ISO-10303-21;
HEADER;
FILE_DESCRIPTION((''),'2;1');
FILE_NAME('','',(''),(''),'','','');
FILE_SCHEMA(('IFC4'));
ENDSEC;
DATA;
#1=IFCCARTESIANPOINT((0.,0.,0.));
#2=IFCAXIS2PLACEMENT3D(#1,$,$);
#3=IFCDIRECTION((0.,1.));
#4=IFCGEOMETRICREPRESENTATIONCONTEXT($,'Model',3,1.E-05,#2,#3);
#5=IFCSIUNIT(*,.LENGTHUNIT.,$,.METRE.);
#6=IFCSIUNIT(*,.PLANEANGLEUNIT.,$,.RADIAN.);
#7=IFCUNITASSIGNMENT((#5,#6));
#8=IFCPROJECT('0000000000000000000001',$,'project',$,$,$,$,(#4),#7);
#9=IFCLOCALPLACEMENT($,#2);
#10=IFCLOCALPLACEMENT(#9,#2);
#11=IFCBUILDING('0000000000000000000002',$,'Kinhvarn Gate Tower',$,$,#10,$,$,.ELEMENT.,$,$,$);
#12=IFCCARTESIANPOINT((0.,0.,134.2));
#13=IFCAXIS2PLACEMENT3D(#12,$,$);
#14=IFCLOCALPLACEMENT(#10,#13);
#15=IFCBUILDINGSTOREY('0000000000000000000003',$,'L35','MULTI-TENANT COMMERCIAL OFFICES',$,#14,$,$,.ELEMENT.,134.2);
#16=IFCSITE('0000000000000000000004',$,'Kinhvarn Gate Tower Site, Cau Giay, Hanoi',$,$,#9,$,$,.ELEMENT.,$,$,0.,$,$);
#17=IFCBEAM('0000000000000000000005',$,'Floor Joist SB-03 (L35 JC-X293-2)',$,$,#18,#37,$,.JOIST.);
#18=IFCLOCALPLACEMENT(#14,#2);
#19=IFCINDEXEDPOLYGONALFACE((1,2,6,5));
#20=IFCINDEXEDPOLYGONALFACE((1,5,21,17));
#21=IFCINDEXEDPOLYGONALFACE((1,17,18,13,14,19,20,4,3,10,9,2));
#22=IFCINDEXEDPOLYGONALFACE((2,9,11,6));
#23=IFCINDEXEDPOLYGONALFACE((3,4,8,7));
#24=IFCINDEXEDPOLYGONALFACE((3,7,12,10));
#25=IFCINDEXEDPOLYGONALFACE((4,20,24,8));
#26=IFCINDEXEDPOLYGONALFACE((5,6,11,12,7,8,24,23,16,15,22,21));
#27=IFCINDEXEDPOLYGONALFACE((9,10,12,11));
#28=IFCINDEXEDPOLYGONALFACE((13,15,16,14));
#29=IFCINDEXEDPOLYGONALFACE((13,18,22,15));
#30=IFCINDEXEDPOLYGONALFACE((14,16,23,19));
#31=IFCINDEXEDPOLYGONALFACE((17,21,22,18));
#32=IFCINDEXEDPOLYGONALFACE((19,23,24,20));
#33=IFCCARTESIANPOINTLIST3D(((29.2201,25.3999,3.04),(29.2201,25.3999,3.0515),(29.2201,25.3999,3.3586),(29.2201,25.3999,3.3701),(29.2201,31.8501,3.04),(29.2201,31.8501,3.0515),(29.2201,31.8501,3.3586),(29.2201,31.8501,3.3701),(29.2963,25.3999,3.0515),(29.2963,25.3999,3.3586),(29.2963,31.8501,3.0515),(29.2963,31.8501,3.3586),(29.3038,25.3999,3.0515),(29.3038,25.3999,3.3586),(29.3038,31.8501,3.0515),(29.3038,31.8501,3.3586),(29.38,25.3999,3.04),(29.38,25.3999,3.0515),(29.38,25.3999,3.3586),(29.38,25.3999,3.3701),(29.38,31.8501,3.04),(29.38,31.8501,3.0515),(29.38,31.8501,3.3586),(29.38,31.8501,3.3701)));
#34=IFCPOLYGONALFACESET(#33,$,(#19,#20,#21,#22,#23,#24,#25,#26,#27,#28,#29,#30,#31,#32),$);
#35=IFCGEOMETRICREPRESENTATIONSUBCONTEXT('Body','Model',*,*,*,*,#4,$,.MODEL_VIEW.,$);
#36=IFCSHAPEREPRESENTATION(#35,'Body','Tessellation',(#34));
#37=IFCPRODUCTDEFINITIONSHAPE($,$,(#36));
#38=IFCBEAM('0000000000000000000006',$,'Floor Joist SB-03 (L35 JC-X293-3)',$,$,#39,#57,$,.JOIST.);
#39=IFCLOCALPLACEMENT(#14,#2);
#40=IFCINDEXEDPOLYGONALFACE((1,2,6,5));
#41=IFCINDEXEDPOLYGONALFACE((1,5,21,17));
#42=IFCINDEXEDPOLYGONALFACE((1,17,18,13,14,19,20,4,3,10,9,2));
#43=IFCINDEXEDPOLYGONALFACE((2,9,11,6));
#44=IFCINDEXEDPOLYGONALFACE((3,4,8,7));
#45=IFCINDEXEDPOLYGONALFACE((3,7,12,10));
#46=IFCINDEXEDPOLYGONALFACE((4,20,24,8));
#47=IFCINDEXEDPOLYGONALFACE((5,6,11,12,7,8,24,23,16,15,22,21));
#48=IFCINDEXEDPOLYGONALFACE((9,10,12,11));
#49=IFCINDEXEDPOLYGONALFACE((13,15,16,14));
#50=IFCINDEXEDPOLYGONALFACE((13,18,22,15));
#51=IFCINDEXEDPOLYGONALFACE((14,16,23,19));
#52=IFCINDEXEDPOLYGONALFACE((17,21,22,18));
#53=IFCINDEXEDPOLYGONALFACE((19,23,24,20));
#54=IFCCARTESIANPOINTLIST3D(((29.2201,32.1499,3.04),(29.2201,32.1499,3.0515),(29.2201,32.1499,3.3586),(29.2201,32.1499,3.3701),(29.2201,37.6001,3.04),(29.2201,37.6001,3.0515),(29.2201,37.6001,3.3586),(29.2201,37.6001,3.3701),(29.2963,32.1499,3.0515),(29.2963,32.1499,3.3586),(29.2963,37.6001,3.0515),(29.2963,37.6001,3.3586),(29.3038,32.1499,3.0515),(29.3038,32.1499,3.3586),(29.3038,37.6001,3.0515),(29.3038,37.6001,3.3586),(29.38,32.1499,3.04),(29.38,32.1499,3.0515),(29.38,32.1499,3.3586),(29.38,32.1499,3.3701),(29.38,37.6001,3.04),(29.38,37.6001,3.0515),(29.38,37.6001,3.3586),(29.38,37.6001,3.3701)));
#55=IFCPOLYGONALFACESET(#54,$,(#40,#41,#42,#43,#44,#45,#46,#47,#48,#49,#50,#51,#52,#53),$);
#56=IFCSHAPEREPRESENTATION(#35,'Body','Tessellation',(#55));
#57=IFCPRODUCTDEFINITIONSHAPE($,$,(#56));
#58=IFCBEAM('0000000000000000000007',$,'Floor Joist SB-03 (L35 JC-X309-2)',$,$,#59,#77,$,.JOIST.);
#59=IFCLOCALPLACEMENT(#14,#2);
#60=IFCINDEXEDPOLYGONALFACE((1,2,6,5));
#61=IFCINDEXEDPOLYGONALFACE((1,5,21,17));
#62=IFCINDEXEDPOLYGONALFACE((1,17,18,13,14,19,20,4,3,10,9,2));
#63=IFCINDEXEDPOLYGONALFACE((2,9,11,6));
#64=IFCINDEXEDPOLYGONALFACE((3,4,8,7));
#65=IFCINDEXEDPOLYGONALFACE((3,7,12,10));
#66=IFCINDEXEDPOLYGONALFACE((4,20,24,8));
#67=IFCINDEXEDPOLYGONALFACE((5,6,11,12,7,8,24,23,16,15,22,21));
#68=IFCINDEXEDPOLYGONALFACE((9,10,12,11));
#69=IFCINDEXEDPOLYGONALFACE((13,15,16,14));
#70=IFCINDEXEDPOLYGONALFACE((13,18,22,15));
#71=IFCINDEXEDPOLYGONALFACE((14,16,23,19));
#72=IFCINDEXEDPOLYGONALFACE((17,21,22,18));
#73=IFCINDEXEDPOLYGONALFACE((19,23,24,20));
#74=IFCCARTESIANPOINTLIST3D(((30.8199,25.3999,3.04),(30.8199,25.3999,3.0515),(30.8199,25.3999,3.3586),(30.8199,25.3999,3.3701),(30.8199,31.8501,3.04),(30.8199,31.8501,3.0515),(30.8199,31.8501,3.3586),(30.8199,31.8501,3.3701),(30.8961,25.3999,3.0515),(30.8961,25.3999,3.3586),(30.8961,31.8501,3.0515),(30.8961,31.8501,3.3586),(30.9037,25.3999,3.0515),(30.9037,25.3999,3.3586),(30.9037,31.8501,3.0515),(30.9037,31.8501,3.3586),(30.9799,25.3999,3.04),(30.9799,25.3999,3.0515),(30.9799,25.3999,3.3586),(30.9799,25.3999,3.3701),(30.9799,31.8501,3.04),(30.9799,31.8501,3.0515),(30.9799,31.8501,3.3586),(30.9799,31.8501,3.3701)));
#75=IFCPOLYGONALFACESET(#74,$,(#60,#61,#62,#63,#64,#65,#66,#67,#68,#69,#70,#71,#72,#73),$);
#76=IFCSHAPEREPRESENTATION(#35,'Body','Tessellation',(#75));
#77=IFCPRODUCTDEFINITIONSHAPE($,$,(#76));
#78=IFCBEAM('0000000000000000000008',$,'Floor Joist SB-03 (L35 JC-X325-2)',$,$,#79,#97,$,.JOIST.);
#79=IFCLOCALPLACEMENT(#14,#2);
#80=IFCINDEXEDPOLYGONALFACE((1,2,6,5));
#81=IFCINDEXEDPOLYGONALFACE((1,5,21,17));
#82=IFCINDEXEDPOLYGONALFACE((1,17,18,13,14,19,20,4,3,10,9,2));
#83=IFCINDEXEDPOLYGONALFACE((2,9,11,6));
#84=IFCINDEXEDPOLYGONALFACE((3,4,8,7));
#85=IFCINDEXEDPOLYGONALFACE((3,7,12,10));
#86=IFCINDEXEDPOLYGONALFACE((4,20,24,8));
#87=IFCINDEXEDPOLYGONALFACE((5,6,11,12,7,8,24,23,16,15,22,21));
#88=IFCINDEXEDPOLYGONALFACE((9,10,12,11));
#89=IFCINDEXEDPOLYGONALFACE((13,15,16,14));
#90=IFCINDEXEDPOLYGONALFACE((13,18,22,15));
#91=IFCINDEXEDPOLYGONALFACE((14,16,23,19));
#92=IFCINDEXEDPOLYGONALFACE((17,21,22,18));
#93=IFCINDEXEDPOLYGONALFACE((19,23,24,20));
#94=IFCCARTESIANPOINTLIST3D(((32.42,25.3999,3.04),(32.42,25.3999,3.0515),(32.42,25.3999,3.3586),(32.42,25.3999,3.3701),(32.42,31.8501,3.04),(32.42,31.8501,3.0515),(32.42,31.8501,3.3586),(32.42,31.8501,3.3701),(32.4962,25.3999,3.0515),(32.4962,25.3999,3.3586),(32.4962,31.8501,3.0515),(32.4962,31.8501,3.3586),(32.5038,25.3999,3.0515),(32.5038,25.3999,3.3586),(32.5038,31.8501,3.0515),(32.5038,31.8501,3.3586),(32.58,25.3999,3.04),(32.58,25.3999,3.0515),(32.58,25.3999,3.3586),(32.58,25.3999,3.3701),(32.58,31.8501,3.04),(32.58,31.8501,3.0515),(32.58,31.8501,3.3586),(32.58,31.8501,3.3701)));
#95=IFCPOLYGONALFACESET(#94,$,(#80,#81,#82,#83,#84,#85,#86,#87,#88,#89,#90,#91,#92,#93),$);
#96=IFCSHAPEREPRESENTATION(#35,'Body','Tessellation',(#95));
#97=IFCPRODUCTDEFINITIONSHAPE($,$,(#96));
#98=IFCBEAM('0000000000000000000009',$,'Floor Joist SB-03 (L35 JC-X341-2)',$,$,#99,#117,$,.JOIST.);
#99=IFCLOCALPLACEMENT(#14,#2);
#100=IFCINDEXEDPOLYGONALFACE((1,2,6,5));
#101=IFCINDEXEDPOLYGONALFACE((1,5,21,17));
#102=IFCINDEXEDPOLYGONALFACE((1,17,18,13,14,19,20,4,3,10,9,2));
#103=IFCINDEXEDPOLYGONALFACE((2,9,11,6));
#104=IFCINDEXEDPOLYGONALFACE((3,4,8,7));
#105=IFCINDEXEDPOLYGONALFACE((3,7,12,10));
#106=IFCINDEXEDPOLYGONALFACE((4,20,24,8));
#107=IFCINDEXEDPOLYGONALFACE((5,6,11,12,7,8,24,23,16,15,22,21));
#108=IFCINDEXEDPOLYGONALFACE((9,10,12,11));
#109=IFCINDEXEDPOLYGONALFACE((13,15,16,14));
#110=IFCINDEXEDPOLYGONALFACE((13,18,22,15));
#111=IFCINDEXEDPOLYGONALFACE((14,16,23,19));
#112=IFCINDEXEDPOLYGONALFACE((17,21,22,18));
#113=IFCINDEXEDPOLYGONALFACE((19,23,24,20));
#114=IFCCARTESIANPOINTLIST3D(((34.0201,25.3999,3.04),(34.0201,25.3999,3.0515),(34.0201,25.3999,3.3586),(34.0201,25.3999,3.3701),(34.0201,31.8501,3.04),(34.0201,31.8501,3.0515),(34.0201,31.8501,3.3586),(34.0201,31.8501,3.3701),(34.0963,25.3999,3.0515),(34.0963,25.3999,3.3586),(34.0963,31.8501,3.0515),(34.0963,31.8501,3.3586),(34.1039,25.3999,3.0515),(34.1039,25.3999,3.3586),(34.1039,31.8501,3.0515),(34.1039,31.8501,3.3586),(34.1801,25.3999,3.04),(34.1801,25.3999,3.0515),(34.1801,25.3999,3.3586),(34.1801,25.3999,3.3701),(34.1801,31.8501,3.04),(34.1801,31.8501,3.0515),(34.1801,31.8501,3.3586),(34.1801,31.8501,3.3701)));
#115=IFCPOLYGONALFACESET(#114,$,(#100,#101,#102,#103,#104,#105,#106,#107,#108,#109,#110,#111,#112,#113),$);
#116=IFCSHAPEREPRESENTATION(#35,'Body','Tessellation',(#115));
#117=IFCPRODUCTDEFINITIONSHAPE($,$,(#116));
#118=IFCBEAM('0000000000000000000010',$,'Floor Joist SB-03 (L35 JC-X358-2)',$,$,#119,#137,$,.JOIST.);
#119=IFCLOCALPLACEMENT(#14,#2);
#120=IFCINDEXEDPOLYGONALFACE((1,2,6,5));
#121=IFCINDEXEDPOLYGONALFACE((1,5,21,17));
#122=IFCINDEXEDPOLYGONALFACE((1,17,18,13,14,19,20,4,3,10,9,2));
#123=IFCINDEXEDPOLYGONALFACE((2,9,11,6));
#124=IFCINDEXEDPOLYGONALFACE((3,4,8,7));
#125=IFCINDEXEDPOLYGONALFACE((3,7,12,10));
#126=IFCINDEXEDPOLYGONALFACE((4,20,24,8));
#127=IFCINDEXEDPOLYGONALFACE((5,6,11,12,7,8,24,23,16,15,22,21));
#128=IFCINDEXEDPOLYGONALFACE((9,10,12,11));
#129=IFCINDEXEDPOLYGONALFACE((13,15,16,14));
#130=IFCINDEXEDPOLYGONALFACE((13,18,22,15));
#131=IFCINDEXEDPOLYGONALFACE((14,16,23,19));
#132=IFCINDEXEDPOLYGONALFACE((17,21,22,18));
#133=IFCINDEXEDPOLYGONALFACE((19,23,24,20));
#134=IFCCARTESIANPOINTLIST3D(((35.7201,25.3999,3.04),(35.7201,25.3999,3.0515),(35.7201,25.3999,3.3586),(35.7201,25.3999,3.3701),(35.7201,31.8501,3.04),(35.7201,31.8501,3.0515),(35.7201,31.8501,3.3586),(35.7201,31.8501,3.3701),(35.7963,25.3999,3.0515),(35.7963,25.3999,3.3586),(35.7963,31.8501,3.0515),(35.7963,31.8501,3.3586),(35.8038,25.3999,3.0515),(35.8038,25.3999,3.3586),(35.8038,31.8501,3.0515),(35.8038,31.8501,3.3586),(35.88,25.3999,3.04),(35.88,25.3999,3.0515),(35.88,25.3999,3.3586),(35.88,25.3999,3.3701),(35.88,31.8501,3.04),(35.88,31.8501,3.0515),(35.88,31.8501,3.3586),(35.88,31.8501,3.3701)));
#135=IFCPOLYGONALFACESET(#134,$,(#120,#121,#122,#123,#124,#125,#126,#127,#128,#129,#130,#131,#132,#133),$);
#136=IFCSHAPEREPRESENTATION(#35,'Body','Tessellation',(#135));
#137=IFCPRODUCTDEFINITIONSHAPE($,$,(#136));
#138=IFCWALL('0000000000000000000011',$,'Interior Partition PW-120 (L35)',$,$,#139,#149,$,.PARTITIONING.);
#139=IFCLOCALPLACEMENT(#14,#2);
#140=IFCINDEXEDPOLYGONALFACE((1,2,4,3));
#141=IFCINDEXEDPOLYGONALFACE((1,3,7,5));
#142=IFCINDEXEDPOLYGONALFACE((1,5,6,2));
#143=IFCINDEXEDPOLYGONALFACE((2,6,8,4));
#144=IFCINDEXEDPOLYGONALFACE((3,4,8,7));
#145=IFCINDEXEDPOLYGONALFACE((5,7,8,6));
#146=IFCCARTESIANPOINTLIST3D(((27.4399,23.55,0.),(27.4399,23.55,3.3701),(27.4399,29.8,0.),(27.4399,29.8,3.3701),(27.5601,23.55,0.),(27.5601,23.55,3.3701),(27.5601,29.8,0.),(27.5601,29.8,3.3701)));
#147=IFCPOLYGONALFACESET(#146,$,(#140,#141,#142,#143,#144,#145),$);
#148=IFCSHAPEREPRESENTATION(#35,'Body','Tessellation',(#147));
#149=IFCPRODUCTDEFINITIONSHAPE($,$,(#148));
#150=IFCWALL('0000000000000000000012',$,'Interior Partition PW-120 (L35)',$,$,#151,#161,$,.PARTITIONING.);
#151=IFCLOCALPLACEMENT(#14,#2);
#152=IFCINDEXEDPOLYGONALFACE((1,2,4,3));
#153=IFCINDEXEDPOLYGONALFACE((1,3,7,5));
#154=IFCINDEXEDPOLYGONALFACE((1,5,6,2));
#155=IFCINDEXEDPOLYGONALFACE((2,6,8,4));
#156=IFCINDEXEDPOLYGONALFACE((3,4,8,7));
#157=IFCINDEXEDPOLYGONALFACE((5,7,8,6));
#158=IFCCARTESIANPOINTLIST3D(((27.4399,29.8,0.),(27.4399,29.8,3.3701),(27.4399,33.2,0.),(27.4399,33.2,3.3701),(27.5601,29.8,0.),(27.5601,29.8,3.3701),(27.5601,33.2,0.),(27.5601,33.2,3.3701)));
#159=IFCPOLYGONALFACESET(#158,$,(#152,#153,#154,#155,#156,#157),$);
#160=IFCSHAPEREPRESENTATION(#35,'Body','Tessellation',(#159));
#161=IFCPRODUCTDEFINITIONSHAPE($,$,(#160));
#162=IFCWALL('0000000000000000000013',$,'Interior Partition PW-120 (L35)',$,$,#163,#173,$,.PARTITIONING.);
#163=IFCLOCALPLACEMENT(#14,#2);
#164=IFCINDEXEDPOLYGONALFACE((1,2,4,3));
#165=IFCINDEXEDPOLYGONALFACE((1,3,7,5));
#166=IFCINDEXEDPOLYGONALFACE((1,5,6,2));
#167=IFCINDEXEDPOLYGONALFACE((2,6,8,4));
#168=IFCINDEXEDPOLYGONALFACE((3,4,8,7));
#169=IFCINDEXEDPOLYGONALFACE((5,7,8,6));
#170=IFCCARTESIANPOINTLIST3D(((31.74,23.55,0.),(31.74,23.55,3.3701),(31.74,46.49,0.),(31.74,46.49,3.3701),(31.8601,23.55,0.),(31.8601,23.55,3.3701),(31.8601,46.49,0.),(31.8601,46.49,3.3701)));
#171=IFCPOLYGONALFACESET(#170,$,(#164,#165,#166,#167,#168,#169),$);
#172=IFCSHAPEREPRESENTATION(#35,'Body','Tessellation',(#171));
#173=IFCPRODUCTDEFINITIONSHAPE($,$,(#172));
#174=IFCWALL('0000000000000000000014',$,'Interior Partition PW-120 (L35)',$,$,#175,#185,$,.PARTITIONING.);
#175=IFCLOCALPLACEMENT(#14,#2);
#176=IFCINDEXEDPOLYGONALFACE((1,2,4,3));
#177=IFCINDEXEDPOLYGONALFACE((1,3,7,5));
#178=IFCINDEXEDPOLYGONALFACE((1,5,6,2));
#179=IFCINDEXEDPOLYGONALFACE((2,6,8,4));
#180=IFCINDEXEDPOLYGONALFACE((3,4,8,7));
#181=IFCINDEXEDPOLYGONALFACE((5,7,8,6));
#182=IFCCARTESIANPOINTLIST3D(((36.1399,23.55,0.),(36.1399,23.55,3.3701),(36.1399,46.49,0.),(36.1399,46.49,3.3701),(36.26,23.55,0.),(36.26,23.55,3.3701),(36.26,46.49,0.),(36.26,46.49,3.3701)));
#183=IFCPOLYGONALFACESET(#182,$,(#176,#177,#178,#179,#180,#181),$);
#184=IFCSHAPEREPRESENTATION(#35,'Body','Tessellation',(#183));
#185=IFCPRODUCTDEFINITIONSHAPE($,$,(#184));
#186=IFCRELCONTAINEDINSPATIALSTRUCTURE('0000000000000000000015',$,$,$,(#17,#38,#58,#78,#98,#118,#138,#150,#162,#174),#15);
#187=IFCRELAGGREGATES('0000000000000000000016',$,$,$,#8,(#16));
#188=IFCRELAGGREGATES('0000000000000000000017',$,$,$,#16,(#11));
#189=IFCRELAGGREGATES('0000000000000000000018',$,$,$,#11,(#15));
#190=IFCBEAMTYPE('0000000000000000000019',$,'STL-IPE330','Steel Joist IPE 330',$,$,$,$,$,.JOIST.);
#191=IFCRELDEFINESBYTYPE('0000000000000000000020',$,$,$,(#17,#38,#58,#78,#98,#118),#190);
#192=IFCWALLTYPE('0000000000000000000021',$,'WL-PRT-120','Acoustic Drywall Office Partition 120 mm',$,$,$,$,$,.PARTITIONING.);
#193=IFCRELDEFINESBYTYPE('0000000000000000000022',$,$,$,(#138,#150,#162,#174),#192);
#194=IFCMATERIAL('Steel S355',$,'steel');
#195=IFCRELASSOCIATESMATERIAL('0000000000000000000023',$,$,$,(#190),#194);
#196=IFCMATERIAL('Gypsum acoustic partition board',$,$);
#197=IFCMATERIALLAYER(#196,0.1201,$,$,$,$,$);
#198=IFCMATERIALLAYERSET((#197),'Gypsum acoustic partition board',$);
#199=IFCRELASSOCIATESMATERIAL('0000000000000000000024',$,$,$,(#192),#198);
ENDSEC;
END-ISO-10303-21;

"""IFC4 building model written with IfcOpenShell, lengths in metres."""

from ifc_helpers import new_model, si_unit, direction, frame, frame_2d, origin, origin_2d, place, context, subcontext, project, spatial, rectangle, i_section, extrude, material, layer, layer_set, material_profile, profile_set, type_object, element, save


model = new_model("IFC4")

# Units and contexts
model_context = context("Model", 3, precision=1e-05, world=origin(), true_north=direction((0.0, 1.0)))
body_context = subcontext(model_context, "Body", "Model", "MODEL_VIEW")
ifc_project = project(units=[si_unit("LENGTHUNIT", "METRE"), si_unit("PLANEANGLEUNIT", "RADIAN")], contexts=[model_context])

# Site, building, storey
site_placement = place(None, origin())
site = spatial("IfcSite", under=ifc_project, at=site_placement, Name="Kinhvarn Gate Tower Site, Cau Giay, Hanoi", CompositionType="ELEMENT", RefElevation=0.0)
building_placement = place(site_placement, origin())
building = spatial("IfcBuilding", under=site, at=building_placement, Name="Kinhvarn Gate Tower", CompositionType="ELEMENT")
storey_placement = place(building_placement, frame((0.0, 0.0, 134.2)))
storey = spatial("IfcBuildingStorey", under=building, at=storey_placement, Name="L35", Description="MULTI-TENANT COMMERCIAL OFFICES", CompositionType="ELEMENT", Elevation=134.2)

# Beams
ifc_material_1 = material(Name="Steel S355", Category="steel")
ifc_material_profile_1 = material_profile(ifc_material_1, i_section(OverallWidth=0.1599, OverallDepth=0.3301, WebThickness=0.0076, FlangeThickness=0.0115, at=origin_2d()), Name="IPE 330")
ifc_profile_set_1 = profile_set([ifc_material_profile_1], Name="Steel S355")
beam_type_1 = type_object("IfcBeamType", Name="STL-IPE330", Description="Steel Joist IPE 330", PredefinedType="JOIST", material=ifc_profile_set_1)
beam_1_placement = place(storey_placement, frame((29.3, 25.3999, 3.2051), z_axis=(0.0, 1.0, 0.0), x_axis=(-1.0, 0.0, 0.0)))
element("IfcBeam", 1, at=beam_1_placement, inside=storey, type_object=beam_type_1, Name="Floor Joist SB-03 (L35 JC-X293-2)", PredefinedType="JOIST", context=body_context, shape_type="SweptSolid", body=[
    extrude(i_section(OverallWidth=0.1599, OverallDepth=0.3301, WebThickness=0.0076, FlangeThickness=0.0115, at=origin_2d()), origin(), (0.0, 0.0, 1.0), 6.4502),
])
beam_2_placement = place(storey_placement, frame((29.3, 32.1499, 3.2051), z_axis=(0.0, 1.0, 0.0), x_axis=(-1.0, 0.0, 0.0)))
element("IfcBeam", 2, at=beam_2_placement, inside=storey, type_object=beam_type_1, Name="Floor Joist SB-03 (L35 JC-X293-3)", PredefinedType="JOIST", context=body_context, shape_type="SweptSolid", body=[
    extrude(i_section(OverallWidth=0.1599, OverallDepth=0.3301, WebThickness=0.0076, FlangeThickness=0.0115, at=origin_2d()), origin(), (0.0, 0.0, 1.0), 5.4502),
])
for number, where, z_axis, x_axis, name in (
    (3, (30.8999, 25.3999, 3.2051), (0.0, 1.0, 0.0), (-1.0, 0.0, 0.0), "Floor Joist SB-03 (L35 JC-X309-2)"),
    (4, (32.5, 25.3999, 3.2051), (0.0, 1.0, 0.0), (-1.0, 0.0, 0.0), "Floor Joist SB-03 (L35 JC-X325-2)"),
    (5, (34.1001, 25.3999, 3.2051), (0.0, 1.0, 0.0), (-1.0, 0.0, 0.0), "Floor Joist SB-03 (L35 JC-X341-2)"),
    (6, (35.8, 25.3999, 3.2051), (0.0, 1.0, 0.0), (-1.0, 0.0, 0.0), "Floor Joist SB-03 (L35 JC-X358-2)"),
):
    element("IfcBeam", number, at=place(storey_placement, frame(where, z_axis=z_axis, x_axis=x_axis)), inside=storey, type_object=beam_type_1, Name=name, PredefinedType="JOIST", context=body_context, shape_type="SweptSolid", body=[
        extrude(i_section(OverallWidth=0.1599, OverallDepth=0.3301, WebThickness=0.0076, FlangeThickness=0.0115, at=origin_2d()), origin(), (0.0, 0.0, 1.0), 6.4502),
    ])

# Walls
ifc_material_2 = material(Name="Gypsum acoustic partition board")
ifc_layer_1 = layer(ifc_material_2, 0.1201)
ifc_layer_set_1 = layer_set([ifc_layer_1], Name="Gypsum acoustic partition board")
wall_type_1 = type_object("IfcWallType", Name="WL-PRT-120", Description="Acoustic Drywall Office Partition 120 mm", PredefinedType="PARTITIONING", material=ifc_layer_set_1)
wall_1_placement = place(storey_placement, frame((27.5, 23.55, 0.0), z_axis=(0.0, 0.0, 1.0), x_axis=(0.0, 1.0, 0.0)))
element("IfcWall", 7, at=wall_1_placement, inside=storey, type_object=wall_type_1, Name="Interior Partition PW-120 (L35)", PredefinedType="PARTITIONING", context=body_context, shape_type="SweptSolid", body=[
    extrude(rectangle(XDim=6.25, YDim=0.1201, at=frame_2d((3.125, 0.0))), origin(), (0.0, 0.0, 1.0), 3.3701),
])
wall_2_placement = place(storey_placement, frame((27.5, 29.8, 0.0), z_axis=(0.0, 0.0, 1.0), x_axis=(0.0, 1.0, 0.0)))
element("IfcWall", 8, at=wall_2_placement, inside=storey, type_object=wall_type_1, Name="Interior Partition PW-120 (L35)", PredefinedType="PARTITIONING", context=body_context, shape_type="SweptSolid", body=[
    extrude(rectangle(XDim=3.3999, YDim=0.1201, at=frame_2d((1.7, 0.0))), origin(), (0.0, 0.0, 1.0), 3.3701),
])
for number, where, z_axis, x_axis, name in (
    (9, (31.8, 23.55, 0.0), (0.0, 0.0, 1.0), (0.0, 1.0, 0.0), "Interior Partition PW-120 (L35)"),
    (10, (36.2, 23.55, 0.0), (0.0, 0.0, 1.0), (0.0, 1.0, 0.0), "Interior Partition PW-120 (L35)"),
):
    element("IfcWall", number, at=place(storey_placement, frame(where, z_axis=z_axis, x_axis=x_axis)), inside=storey, type_object=wall_type_1, Name=name, PredefinedType="PARTITIONING", context=body_context, shape_type="SweptSolid", body=[
        extrude(rectangle(XDim=22.9399, YDim=0.1201, at=frame_2d((11.47, 0.0))), origin(), (0.0, 0.0, 1.0), 3.3701),
    ])

save(model, "model.ifc")
